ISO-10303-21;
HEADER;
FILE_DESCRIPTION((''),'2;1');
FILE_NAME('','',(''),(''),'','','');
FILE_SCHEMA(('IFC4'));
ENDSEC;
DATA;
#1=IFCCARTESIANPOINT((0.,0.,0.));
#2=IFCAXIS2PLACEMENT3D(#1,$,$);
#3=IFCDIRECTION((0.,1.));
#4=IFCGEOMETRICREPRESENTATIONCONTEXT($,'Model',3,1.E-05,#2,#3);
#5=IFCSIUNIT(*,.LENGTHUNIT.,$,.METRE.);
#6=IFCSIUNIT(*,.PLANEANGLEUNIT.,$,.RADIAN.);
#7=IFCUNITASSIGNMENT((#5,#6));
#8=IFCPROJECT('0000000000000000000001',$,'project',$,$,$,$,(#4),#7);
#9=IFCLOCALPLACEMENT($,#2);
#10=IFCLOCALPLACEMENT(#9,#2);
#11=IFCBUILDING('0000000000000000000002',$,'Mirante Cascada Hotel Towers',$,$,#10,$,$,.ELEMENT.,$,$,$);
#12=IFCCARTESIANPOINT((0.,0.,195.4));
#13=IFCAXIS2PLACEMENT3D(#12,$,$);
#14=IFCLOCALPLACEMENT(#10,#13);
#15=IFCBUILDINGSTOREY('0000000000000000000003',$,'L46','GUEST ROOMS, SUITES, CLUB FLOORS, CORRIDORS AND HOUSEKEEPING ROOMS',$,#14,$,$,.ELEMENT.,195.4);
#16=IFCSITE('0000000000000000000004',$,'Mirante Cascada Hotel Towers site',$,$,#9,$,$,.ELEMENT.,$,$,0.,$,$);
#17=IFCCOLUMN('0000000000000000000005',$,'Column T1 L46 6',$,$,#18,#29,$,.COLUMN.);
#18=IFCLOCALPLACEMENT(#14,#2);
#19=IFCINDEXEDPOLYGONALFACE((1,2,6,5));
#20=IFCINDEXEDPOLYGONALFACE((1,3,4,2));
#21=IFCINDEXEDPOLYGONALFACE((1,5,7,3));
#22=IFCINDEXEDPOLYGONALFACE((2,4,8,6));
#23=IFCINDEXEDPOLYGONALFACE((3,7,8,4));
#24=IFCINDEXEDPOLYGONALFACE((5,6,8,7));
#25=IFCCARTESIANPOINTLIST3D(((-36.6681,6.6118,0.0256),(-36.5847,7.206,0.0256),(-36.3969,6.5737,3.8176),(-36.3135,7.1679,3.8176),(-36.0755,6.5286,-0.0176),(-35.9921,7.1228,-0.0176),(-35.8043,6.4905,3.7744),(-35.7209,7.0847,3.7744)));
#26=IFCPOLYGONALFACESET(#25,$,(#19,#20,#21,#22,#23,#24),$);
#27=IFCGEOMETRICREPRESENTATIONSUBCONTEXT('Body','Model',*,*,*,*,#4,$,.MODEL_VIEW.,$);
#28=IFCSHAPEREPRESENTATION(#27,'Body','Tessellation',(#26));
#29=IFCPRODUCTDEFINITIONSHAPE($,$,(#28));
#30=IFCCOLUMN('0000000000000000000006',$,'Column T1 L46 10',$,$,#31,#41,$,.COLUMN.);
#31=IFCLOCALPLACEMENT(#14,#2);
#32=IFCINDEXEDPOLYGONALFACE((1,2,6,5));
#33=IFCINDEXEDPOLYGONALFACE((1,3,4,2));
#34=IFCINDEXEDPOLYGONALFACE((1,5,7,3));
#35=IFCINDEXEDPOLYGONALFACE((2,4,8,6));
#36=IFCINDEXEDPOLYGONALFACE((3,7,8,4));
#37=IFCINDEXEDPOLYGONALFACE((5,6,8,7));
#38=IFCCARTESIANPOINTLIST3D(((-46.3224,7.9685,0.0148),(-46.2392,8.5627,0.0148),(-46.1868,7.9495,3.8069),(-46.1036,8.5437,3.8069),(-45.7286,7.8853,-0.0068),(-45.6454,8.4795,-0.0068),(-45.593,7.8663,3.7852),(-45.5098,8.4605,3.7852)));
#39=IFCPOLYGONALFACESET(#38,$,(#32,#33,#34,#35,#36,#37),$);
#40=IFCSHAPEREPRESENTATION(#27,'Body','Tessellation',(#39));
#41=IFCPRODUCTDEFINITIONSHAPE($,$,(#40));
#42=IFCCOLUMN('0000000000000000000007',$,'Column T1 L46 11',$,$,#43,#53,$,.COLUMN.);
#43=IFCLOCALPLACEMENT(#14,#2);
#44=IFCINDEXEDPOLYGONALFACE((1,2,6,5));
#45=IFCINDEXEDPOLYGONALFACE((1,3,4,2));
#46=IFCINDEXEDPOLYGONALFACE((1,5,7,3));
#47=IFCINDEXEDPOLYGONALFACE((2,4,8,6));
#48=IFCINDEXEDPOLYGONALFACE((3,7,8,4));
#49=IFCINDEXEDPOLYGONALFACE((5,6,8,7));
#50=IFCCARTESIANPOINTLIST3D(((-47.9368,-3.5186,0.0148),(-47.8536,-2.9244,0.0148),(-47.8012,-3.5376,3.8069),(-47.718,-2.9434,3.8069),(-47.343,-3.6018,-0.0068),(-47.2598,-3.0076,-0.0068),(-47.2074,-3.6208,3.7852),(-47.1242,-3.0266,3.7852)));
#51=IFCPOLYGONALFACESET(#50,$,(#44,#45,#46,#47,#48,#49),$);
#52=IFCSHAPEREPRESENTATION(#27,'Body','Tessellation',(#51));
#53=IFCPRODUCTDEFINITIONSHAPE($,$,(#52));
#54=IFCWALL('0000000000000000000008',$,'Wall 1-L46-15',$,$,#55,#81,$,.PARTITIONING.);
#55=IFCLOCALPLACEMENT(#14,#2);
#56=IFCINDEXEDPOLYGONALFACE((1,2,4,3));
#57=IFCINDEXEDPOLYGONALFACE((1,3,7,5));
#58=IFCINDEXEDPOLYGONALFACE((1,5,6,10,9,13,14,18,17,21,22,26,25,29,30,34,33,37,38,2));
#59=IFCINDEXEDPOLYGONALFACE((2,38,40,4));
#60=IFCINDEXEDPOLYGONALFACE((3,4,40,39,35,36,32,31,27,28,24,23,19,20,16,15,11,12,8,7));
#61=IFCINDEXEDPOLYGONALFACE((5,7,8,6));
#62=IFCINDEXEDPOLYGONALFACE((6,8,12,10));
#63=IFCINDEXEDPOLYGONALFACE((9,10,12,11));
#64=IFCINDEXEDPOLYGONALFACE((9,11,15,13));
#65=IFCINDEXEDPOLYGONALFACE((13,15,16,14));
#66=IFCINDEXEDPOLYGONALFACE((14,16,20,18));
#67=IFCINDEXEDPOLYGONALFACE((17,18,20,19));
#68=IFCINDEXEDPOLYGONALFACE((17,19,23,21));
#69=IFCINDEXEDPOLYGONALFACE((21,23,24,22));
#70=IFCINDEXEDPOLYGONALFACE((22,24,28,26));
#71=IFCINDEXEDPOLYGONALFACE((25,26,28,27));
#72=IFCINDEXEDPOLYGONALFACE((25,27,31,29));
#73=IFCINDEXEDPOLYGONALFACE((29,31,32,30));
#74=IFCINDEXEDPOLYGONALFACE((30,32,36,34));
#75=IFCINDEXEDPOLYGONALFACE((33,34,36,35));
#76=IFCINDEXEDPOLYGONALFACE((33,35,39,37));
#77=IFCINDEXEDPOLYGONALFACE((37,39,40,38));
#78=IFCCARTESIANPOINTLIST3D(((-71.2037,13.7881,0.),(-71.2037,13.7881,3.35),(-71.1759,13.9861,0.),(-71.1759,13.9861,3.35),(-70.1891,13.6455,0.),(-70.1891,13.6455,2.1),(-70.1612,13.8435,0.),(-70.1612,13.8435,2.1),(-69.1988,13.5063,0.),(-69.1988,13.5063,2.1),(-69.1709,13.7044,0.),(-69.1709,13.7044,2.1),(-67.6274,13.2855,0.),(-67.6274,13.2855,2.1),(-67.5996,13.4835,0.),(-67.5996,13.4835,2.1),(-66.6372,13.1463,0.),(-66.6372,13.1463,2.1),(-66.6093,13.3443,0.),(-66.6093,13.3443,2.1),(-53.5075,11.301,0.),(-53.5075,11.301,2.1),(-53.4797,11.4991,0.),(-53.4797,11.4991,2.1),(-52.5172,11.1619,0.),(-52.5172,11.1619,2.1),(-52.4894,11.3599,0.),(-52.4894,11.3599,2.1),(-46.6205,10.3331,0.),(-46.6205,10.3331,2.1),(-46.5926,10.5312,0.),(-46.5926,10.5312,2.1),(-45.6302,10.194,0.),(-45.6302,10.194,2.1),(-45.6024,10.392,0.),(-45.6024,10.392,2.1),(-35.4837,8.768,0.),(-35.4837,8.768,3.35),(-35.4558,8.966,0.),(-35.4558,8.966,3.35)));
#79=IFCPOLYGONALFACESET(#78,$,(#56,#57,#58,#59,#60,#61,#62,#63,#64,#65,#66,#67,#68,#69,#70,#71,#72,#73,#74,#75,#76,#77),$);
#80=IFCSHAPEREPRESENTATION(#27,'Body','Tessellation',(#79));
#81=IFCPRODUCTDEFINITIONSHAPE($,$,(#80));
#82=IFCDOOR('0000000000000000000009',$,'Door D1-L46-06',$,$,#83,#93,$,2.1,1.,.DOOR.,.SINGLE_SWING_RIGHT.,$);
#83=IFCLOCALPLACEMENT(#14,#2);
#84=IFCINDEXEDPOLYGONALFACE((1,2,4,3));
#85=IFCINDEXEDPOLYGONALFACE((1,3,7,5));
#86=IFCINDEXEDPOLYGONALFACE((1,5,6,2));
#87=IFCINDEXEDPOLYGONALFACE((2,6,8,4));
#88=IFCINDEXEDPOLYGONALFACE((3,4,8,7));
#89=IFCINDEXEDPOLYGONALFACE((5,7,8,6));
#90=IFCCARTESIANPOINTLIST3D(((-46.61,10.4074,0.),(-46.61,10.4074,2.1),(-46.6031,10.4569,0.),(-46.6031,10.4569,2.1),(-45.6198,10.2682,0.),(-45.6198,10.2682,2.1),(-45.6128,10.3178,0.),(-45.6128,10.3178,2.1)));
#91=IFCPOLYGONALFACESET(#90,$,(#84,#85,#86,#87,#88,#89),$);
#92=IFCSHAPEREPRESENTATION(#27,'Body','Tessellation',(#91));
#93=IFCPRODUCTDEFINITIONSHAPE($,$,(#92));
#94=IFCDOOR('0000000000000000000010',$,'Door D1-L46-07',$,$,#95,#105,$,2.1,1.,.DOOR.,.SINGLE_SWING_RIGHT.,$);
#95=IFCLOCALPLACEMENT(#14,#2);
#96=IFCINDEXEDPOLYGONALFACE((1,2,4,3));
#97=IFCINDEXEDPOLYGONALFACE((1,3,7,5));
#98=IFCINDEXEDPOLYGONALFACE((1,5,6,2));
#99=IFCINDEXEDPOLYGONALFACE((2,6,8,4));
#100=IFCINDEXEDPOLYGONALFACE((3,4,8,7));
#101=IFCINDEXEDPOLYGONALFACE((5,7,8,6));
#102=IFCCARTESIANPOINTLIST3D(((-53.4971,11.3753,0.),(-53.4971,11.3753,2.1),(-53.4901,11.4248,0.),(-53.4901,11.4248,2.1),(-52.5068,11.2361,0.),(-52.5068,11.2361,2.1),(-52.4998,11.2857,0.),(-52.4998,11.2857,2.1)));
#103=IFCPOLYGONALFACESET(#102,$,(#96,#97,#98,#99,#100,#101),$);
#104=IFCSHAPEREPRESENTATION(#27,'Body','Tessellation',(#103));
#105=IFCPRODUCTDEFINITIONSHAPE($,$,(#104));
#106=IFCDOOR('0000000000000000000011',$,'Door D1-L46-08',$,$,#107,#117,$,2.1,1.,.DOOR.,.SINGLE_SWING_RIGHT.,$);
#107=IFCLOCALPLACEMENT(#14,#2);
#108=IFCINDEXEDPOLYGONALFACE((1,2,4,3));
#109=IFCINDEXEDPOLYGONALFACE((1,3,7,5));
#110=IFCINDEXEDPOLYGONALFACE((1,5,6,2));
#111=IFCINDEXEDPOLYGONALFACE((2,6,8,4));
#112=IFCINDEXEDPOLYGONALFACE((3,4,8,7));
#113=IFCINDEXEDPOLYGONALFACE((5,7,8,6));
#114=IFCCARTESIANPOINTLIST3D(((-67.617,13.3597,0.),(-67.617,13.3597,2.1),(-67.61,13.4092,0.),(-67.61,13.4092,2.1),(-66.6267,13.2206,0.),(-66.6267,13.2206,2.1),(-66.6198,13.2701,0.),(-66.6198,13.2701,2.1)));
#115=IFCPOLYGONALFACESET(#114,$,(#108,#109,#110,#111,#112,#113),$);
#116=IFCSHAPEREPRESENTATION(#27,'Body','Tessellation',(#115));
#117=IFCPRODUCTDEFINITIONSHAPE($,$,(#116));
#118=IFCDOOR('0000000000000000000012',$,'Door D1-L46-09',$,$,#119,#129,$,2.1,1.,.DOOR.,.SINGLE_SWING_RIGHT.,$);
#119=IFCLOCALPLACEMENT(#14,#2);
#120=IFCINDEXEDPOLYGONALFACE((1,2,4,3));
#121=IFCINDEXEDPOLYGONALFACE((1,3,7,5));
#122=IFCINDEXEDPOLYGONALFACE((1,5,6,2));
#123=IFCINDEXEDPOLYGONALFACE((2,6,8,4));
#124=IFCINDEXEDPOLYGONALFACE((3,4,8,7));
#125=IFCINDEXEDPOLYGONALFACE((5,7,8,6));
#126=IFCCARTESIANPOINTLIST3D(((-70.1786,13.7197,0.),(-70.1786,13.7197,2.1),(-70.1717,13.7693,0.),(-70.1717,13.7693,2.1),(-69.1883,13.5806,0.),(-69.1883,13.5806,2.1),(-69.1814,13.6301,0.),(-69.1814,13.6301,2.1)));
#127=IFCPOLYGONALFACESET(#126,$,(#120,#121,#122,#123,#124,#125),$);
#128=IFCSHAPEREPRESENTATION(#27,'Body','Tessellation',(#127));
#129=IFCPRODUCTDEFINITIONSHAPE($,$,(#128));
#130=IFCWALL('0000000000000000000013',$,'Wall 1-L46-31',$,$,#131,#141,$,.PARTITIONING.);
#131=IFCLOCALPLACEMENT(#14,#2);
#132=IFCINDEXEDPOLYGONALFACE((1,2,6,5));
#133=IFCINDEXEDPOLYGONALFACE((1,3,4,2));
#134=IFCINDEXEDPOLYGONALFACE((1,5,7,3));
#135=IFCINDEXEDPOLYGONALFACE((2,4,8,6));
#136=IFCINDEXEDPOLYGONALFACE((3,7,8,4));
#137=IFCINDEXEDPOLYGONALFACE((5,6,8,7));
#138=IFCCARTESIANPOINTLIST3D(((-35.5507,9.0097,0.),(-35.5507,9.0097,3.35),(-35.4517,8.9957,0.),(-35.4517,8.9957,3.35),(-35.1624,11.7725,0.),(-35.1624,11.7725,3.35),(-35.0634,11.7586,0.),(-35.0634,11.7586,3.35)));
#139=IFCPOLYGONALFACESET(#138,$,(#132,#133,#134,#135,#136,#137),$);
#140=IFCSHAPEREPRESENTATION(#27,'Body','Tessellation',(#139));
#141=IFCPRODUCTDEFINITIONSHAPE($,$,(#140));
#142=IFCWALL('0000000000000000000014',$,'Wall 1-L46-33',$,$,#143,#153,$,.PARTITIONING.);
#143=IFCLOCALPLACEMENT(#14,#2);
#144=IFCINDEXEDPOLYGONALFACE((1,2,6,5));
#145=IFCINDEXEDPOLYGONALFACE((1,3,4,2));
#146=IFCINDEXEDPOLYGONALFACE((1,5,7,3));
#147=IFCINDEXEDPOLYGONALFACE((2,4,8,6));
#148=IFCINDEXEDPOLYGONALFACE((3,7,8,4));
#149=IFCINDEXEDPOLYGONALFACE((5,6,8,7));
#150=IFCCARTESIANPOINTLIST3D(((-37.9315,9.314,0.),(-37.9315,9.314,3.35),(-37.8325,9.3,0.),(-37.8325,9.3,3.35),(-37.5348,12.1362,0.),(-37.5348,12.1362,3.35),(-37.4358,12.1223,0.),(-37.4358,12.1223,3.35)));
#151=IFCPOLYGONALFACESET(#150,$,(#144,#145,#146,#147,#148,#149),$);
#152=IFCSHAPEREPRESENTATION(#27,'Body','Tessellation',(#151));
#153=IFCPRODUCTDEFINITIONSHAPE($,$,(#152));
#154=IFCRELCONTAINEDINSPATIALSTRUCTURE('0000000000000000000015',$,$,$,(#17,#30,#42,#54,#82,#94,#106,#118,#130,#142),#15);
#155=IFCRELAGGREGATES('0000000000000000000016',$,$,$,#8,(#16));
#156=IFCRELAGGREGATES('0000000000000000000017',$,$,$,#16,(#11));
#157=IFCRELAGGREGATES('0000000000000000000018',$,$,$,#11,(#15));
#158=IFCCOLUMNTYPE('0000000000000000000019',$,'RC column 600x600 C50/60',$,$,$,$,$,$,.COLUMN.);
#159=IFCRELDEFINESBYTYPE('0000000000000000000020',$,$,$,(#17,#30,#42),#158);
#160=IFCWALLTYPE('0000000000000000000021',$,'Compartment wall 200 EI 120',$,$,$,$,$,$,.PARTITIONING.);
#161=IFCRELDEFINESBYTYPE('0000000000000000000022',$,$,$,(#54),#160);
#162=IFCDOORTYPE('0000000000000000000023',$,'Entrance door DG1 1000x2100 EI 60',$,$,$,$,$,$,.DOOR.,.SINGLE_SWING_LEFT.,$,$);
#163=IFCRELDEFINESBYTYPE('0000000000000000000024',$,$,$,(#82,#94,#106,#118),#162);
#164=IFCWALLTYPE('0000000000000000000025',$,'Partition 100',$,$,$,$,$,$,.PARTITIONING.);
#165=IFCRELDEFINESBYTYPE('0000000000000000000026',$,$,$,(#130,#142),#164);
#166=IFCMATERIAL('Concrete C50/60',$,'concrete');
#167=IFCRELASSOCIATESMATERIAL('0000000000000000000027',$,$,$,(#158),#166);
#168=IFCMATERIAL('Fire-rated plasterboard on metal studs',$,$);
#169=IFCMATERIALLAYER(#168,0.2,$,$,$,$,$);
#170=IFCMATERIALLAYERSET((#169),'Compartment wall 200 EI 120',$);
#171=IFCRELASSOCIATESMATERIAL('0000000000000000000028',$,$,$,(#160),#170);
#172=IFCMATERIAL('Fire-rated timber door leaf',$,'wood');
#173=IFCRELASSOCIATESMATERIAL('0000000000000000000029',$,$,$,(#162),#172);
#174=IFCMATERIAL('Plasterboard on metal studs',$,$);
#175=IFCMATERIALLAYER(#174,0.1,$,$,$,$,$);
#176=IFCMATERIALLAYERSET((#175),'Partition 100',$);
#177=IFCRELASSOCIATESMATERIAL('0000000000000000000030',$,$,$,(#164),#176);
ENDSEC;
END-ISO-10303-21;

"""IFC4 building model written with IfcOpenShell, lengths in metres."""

from ifc_helpers import new_model, si_unit, direction, frame, frame_2d, origin, origin_2d, place, context, subcontext, project, spatial, rectangle, extrude, material, layer, layer_set, material_profile, profile_set, type_object, element, fill, save


model = new_model("IFC4")

# Units and contexts
model_context = context("Model", 3, precision=1e-05, world=origin(), true_north=direction((0.0, 1.0)))
body_context = subcontext(model_context, "Body", "Model", "MODEL_VIEW")
ifc_project = project(units=[si_unit("LENGTHUNIT", "METRE"), si_unit("PLANEANGLEUNIT", "RADIAN")], contexts=[model_context])

# Site, building, storey
site_placement = place(None, origin())
site = spatial("IfcSite", under=ifc_project, at=site_placement, Name="Mirante Cascada Hotel Towers site", CompositionType="ELEMENT", RefElevation=0.0)
building_placement = place(site_placement, origin())
building = spatial("IfcBuilding", under=site, at=building_placement, Name="Mirante Cascada Hotel Towers", CompositionType="ELEMENT")
storey_placement = place(building_placement, frame((0.0, 0.0, 195.4)))
storey = spatial("IfcBuildingStorey", under=building, at=storey_placement, Name="L46", Description="GUEST ROOMS, SUITES, CLUB FLOORS, CORRIDORS AND HOUSEKEEPING ROOMS", CompositionType="ELEMENT", Elevation=195.4)

# Columns
ifc_material_1 = material(Name="Concrete C50/60", Category="concrete")
ifc_material_profile = material_profile(ifc_material_1, rectangle(XDim=0.6, YDim=0.6, at=origin_2d()), Name="RC column 600x600 C50/60")
ifc_profile_set = profile_set([ifc_material_profile], Name="Concrete C50/60")
column_type = type_object("IfcColumnType", Name="RC column 600x600 C50/60", PredefinedType="COLUMN", material=ifc_profile_set)
column_placement = place(storey_placement, frame((-36.3301, 6.8673, 0.004), z_axis=(0.071333, -0.010021, 0.997402), x_axis=(0.139121, 0.990275, 0.0)))
element("IfcColumn", 1, at=column_placement, inside=storey, type_object=column_type, Name="Column T1 L46 6", PredefinedType="COLUMN", context=body_context, shape_type="SweptSolid", body=[
    extrude(rectangle(XDim=0.6, YDim=0.6, at=origin_2d()), origin(), (0.0, 0.0, 1.0), 3.8019),
])
for number, where, z_axis, x_axis, name in (
    (2, (-45.9839, 8.224, 0.004), (0.035736, -0.005007, 0.999349), (0.138762, 0.990326, 0.0), "Column T1 L46 10"),
    (3, (-47.5983, -3.2631, 0.004), (0.035736, -0.005007, 0.999349), (0.138762, 0.990326, 0.0), "Column T1 L46 11"),
):
    element("IfcColumn", number, at=place(storey_placement, frame(where, z_axis=z_axis, x_axis=x_axis)), inside=storey, type_object=column_type, Name=name, PredefinedType="COLUMN", context=body_context, shape_type="SweptSolid", body=[
        extrude(rectangle(XDim=0.6, YDim=0.6, at=origin_2d()), origin(), (0.0, 0.0, 1.0), 3.7945),
    ])

# Wall, openings, doors
ifc_material_2 = material(Name="Fire-rated plasterboard on metal studs")
ifc_layer_1 = layer(ifc_material_2, 0.2)
ifc_layer_set_1 = layer_set([ifc_layer_1], Name="Compartment wall 200 EI 120")
wall_type_1 = type_object("IfcWallType", Name="Compartment wall 200 EI 120", PredefinedType="PARTITIONING", material=ifc_layer_set_1)
wall_1_placement = place(storey_placement, frame((-35.4697, 8.867, 0.0), z_axis=(0.0, 0.0, 1.0), x_axis=(-0.990268, 0.139172, 0.0)))
wall_1 = element("IfcWall", 4, at=wall_1_placement, inside=storey, type_object=wall_type_1, Name="Wall 1-L46-15", PredefinedType="PARTITIONING", context=body_context, shape_type="SweptSolid", body=[
    extrude(rectangle(XDim=36.0711, YDim=0.2, at=frame_2d((18.0356, 0.0))), origin(), (0.0, 0.0, 1.0), 3.35),
])
opening_1_placement = place(wall_1_placement, frame((10.2463, 0.0, 0.0)))
opening_1 = element("IfcOpeningElement", 5, at=opening_1_placement, cuts=wall_1, PredefinedType="OPENING", context=body_context, shape_type="SweptSolid", body=[
    extrude(rectangle(XDim=1.0, YDim=2.1, at=frame_2d((0.5, 1.05))), frame((0.0, 0.1, 0.0), z_axis=(0.0, -1.0, 0.0), x_axis=(1.0, 0.0, 0.0)), (0.0, 0.0, 1.0), 0.2),
])
opening_2_placement = place(wall_1_placement, frame((17.201, 0.0, 0.0)))
opening_2 = element("IfcOpeningElement", 6, at=opening_2_placement, cuts=wall_1, PredefinedType="OPENING", context=body_context, shape_type="SweptSolid", body=[
    extrude(rectangle(XDim=1.0, YDim=2.1, at=frame_2d((0.5, 1.05))), frame((0.0, 0.1, 0.0), z_axis=(0.0, -1.0, 0.0), x_axis=(1.0, 0.0, 0.0)), (0.0, 0.0, 1.0), 0.2),
])
opening_3_placement = place(wall_1_placement, frame((31.4597, 0.0, 0.0)))
opening_3 = element("IfcOpeningElement", 7, at=opening_3_placement, cuts=wall_1, PredefinedType="OPENING", context=body_context, shape_type="SweptSolid", body=[
    extrude(rectangle(XDim=1.0, YDim=2.1, at=frame_2d((0.5, 1.05))), frame((0.0, 0.1, 0.0), z_axis=(0.0, -1.0, 0.0), x_axis=(1.0, 0.0, 0.0)), (0.0, 0.0, 1.0), 0.2),
])
opening_4_placement = place(wall_1_placement, frame((34.0465, 0.0, 0.0)))
opening_4 = element("IfcOpeningElement", 8, at=opening_4_placement, cuts=wall_1, PredefinedType="OPENING", context=body_context, shape_type="SweptSolid", body=[
    extrude(rectangle(XDim=1.0, YDim=2.1, at=frame_2d((0.5, 1.05))), frame((0.0, 0.1, 0.0), z_axis=(0.0, -1.0, 0.0), x_axis=(1.0, 0.0, 0.0)), (0.0, 0.0, 1.0), 0.2),
])
ifc_material_3 = material(Name="Fire-rated timber door leaf", Category="wood")
door_type_1 = type_object("IfcDoorType", Name="Entrance door DG1 1000x2100 EI 60", OperationType="SINGLE_SWING_LEFT", PredefinedType="DOOR", material=ifc_material_3)
door_1_placement = place(opening_1_placement, frame((1.0, 0.0, 0.0), z_axis=(0.0, 0.0, 1.0), x_axis=(-1.0, 0.0, 0.0)))
door_1 = element("IfcDoor", 9, at=door_1_placement, inside=storey, type_object=door_type_1, Name="Door D1-L46-06", OperationType="SINGLE_SWING_RIGHT", OverallHeight=2.1, OverallWidth=1.0, PredefinedType="DOOR", context=body_context, shape_type="SweptSolid", body=[
    extrude(rectangle(XDim=1.0, YDim=2.1, at=frame_2d((0.5, 1.05))), frame((0.0, 0.025, 0.0), z_axis=(0.0, -1.0, 0.0), x_axis=(1.0, 0.0, 0.0)), (0.0, 0.0, 1.0), 0.05),
])
fill(opening_1, door_1)
door_2_placement = place(opening_2_placement, frame((1.0, 0.0, 0.0), z_axis=(0.0, 0.0, 1.0), x_axis=(-1.0, 0.0, 0.0)))
door_2 = element("IfcDoor", 10, at=door_2_placement, inside=storey, type_object=door_type_1, Name="Door D1-L46-07", OperationType="SINGLE_SWING_RIGHT", OverallHeight=2.1, OverallWidth=1.0, PredefinedType="DOOR", context=body_context, shape_type="SweptSolid", body=[
    extrude(rectangle(XDim=1.0, YDim=2.1, at=frame_2d((0.5, 1.05))), frame((0.0, 0.025, 0.0), z_axis=(0.0, -1.0, 0.0), x_axis=(1.0, 0.0, 0.0)), (0.0, 0.0, 1.0), 0.05),
])
fill(opening_2, door_2)
door_3_placement = place(opening_3_placement, frame((1.0, 0.0, 0.0), z_axis=(0.0, 0.0, 1.0), x_axis=(-1.0, 0.0, 0.0)))
door_3 = element("IfcDoor", 11, at=door_3_placement, inside=storey, type_object=door_type_1, Name="Door D1-L46-08", OperationType="SINGLE_SWING_RIGHT", OverallHeight=2.1, OverallWidth=1.0, PredefinedType="DOOR", context=body_context, shape_type="SweptSolid", body=[
    extrude(rectangle(XDim=1.0, YDim=2.1, at=frame_2d((0.5, 1.05))), frame((0.0, 0.025, 0.0), z_axis=(0.0, -1.0, 0.0), x_axis=(1.0, 0.0, 0.0)), (0.0, 0.0, 1.0), 0.05),
])
fill(opening_3, door_3)
door_4_placement = place(opening_4_placement, frame((1.0, 0.0, 0.0), z_axis=(0.0, 0.0, 1.0), x_axis=(-1.0, 0.0, 0.0)))
door_4 = element("IfcDoor", 12, at=door_4_placement, inside=storey, type_object=door_type_1, Name="Door D1-L46-09", OperationType="SINGLE_SWING_RIGHT", OverallHeight=2.1, OverallWidth=1.0, PredefinedType="DOOR", context=body_context, shape_type="SweptSolid", body=[
    extrude(rectangle(XDim=1.0, YDim=2.1, at=frame_2d((0.5, 1.05))), frame((0.0, 0.025, 0.0), z_axis=(0.0, -1.0, 0.0), x_axis=(1.0, 0.0, 0.0)), (0.0, 0.0, 1.0), 0.05),
])
fill(opening_4, door_4)

# Walls
ifc_material_4 = material(Name="Plasterboard on metal studs")
ifc_layer_2 = layer(ifc_material_4, 0.1)
ifc_layer_set_2 = layer_set([ifc_layer_2], Name="Partition 100")
wall_type_2 = type_object("IfcWallType", Name="Partition 100", PredefinedType="PARTITIONING", material=ifc_layer_set_2)
wall_2_placement = place(storey_placement, frame((-35.5012, 9.0027, 0.0), z_axis=(0.0, 0.0, 1.0), x_axis=(0.139178, 0.990267, 0.0)))
element("IfcWall", 13, at=wall_2_placement, inside=storey, type_object=wall_type_2, Name="Wall 1-L46-31", PredefinedType="PARTITIONING", context=body_context, shape_type="SweptSolid", body=[
    extrude(rectangle(XDim=2.79, YDim=0.1, at=frame_2d((1.395, 0.0))), origin(), (0.0, 0.0, 1.0), 3.35),
])
wall_3_placement = place(storey_placement, frame((-37.882, 9.307, 0.0), z_axis=(0.0, 0.0, 1.0), x_axis=(0.139191, 0.990266, 0.0)))
element("IfcWall", 14, at=wall_3_placement, inside=storey, type_object=wall_type_2, Name="Wall 1-L46-33", PredefinedType="PARTITIONING", context=body_context, shape_type="SweptSolid", body=[
    extrude(rectangle(XDim=2.85, YDim=0.1, at=frame_2d((1.425, 0.0))), origin(), (0.0, 0.0, 1.0), 3.35),
])

save(model, "model.ifc")
